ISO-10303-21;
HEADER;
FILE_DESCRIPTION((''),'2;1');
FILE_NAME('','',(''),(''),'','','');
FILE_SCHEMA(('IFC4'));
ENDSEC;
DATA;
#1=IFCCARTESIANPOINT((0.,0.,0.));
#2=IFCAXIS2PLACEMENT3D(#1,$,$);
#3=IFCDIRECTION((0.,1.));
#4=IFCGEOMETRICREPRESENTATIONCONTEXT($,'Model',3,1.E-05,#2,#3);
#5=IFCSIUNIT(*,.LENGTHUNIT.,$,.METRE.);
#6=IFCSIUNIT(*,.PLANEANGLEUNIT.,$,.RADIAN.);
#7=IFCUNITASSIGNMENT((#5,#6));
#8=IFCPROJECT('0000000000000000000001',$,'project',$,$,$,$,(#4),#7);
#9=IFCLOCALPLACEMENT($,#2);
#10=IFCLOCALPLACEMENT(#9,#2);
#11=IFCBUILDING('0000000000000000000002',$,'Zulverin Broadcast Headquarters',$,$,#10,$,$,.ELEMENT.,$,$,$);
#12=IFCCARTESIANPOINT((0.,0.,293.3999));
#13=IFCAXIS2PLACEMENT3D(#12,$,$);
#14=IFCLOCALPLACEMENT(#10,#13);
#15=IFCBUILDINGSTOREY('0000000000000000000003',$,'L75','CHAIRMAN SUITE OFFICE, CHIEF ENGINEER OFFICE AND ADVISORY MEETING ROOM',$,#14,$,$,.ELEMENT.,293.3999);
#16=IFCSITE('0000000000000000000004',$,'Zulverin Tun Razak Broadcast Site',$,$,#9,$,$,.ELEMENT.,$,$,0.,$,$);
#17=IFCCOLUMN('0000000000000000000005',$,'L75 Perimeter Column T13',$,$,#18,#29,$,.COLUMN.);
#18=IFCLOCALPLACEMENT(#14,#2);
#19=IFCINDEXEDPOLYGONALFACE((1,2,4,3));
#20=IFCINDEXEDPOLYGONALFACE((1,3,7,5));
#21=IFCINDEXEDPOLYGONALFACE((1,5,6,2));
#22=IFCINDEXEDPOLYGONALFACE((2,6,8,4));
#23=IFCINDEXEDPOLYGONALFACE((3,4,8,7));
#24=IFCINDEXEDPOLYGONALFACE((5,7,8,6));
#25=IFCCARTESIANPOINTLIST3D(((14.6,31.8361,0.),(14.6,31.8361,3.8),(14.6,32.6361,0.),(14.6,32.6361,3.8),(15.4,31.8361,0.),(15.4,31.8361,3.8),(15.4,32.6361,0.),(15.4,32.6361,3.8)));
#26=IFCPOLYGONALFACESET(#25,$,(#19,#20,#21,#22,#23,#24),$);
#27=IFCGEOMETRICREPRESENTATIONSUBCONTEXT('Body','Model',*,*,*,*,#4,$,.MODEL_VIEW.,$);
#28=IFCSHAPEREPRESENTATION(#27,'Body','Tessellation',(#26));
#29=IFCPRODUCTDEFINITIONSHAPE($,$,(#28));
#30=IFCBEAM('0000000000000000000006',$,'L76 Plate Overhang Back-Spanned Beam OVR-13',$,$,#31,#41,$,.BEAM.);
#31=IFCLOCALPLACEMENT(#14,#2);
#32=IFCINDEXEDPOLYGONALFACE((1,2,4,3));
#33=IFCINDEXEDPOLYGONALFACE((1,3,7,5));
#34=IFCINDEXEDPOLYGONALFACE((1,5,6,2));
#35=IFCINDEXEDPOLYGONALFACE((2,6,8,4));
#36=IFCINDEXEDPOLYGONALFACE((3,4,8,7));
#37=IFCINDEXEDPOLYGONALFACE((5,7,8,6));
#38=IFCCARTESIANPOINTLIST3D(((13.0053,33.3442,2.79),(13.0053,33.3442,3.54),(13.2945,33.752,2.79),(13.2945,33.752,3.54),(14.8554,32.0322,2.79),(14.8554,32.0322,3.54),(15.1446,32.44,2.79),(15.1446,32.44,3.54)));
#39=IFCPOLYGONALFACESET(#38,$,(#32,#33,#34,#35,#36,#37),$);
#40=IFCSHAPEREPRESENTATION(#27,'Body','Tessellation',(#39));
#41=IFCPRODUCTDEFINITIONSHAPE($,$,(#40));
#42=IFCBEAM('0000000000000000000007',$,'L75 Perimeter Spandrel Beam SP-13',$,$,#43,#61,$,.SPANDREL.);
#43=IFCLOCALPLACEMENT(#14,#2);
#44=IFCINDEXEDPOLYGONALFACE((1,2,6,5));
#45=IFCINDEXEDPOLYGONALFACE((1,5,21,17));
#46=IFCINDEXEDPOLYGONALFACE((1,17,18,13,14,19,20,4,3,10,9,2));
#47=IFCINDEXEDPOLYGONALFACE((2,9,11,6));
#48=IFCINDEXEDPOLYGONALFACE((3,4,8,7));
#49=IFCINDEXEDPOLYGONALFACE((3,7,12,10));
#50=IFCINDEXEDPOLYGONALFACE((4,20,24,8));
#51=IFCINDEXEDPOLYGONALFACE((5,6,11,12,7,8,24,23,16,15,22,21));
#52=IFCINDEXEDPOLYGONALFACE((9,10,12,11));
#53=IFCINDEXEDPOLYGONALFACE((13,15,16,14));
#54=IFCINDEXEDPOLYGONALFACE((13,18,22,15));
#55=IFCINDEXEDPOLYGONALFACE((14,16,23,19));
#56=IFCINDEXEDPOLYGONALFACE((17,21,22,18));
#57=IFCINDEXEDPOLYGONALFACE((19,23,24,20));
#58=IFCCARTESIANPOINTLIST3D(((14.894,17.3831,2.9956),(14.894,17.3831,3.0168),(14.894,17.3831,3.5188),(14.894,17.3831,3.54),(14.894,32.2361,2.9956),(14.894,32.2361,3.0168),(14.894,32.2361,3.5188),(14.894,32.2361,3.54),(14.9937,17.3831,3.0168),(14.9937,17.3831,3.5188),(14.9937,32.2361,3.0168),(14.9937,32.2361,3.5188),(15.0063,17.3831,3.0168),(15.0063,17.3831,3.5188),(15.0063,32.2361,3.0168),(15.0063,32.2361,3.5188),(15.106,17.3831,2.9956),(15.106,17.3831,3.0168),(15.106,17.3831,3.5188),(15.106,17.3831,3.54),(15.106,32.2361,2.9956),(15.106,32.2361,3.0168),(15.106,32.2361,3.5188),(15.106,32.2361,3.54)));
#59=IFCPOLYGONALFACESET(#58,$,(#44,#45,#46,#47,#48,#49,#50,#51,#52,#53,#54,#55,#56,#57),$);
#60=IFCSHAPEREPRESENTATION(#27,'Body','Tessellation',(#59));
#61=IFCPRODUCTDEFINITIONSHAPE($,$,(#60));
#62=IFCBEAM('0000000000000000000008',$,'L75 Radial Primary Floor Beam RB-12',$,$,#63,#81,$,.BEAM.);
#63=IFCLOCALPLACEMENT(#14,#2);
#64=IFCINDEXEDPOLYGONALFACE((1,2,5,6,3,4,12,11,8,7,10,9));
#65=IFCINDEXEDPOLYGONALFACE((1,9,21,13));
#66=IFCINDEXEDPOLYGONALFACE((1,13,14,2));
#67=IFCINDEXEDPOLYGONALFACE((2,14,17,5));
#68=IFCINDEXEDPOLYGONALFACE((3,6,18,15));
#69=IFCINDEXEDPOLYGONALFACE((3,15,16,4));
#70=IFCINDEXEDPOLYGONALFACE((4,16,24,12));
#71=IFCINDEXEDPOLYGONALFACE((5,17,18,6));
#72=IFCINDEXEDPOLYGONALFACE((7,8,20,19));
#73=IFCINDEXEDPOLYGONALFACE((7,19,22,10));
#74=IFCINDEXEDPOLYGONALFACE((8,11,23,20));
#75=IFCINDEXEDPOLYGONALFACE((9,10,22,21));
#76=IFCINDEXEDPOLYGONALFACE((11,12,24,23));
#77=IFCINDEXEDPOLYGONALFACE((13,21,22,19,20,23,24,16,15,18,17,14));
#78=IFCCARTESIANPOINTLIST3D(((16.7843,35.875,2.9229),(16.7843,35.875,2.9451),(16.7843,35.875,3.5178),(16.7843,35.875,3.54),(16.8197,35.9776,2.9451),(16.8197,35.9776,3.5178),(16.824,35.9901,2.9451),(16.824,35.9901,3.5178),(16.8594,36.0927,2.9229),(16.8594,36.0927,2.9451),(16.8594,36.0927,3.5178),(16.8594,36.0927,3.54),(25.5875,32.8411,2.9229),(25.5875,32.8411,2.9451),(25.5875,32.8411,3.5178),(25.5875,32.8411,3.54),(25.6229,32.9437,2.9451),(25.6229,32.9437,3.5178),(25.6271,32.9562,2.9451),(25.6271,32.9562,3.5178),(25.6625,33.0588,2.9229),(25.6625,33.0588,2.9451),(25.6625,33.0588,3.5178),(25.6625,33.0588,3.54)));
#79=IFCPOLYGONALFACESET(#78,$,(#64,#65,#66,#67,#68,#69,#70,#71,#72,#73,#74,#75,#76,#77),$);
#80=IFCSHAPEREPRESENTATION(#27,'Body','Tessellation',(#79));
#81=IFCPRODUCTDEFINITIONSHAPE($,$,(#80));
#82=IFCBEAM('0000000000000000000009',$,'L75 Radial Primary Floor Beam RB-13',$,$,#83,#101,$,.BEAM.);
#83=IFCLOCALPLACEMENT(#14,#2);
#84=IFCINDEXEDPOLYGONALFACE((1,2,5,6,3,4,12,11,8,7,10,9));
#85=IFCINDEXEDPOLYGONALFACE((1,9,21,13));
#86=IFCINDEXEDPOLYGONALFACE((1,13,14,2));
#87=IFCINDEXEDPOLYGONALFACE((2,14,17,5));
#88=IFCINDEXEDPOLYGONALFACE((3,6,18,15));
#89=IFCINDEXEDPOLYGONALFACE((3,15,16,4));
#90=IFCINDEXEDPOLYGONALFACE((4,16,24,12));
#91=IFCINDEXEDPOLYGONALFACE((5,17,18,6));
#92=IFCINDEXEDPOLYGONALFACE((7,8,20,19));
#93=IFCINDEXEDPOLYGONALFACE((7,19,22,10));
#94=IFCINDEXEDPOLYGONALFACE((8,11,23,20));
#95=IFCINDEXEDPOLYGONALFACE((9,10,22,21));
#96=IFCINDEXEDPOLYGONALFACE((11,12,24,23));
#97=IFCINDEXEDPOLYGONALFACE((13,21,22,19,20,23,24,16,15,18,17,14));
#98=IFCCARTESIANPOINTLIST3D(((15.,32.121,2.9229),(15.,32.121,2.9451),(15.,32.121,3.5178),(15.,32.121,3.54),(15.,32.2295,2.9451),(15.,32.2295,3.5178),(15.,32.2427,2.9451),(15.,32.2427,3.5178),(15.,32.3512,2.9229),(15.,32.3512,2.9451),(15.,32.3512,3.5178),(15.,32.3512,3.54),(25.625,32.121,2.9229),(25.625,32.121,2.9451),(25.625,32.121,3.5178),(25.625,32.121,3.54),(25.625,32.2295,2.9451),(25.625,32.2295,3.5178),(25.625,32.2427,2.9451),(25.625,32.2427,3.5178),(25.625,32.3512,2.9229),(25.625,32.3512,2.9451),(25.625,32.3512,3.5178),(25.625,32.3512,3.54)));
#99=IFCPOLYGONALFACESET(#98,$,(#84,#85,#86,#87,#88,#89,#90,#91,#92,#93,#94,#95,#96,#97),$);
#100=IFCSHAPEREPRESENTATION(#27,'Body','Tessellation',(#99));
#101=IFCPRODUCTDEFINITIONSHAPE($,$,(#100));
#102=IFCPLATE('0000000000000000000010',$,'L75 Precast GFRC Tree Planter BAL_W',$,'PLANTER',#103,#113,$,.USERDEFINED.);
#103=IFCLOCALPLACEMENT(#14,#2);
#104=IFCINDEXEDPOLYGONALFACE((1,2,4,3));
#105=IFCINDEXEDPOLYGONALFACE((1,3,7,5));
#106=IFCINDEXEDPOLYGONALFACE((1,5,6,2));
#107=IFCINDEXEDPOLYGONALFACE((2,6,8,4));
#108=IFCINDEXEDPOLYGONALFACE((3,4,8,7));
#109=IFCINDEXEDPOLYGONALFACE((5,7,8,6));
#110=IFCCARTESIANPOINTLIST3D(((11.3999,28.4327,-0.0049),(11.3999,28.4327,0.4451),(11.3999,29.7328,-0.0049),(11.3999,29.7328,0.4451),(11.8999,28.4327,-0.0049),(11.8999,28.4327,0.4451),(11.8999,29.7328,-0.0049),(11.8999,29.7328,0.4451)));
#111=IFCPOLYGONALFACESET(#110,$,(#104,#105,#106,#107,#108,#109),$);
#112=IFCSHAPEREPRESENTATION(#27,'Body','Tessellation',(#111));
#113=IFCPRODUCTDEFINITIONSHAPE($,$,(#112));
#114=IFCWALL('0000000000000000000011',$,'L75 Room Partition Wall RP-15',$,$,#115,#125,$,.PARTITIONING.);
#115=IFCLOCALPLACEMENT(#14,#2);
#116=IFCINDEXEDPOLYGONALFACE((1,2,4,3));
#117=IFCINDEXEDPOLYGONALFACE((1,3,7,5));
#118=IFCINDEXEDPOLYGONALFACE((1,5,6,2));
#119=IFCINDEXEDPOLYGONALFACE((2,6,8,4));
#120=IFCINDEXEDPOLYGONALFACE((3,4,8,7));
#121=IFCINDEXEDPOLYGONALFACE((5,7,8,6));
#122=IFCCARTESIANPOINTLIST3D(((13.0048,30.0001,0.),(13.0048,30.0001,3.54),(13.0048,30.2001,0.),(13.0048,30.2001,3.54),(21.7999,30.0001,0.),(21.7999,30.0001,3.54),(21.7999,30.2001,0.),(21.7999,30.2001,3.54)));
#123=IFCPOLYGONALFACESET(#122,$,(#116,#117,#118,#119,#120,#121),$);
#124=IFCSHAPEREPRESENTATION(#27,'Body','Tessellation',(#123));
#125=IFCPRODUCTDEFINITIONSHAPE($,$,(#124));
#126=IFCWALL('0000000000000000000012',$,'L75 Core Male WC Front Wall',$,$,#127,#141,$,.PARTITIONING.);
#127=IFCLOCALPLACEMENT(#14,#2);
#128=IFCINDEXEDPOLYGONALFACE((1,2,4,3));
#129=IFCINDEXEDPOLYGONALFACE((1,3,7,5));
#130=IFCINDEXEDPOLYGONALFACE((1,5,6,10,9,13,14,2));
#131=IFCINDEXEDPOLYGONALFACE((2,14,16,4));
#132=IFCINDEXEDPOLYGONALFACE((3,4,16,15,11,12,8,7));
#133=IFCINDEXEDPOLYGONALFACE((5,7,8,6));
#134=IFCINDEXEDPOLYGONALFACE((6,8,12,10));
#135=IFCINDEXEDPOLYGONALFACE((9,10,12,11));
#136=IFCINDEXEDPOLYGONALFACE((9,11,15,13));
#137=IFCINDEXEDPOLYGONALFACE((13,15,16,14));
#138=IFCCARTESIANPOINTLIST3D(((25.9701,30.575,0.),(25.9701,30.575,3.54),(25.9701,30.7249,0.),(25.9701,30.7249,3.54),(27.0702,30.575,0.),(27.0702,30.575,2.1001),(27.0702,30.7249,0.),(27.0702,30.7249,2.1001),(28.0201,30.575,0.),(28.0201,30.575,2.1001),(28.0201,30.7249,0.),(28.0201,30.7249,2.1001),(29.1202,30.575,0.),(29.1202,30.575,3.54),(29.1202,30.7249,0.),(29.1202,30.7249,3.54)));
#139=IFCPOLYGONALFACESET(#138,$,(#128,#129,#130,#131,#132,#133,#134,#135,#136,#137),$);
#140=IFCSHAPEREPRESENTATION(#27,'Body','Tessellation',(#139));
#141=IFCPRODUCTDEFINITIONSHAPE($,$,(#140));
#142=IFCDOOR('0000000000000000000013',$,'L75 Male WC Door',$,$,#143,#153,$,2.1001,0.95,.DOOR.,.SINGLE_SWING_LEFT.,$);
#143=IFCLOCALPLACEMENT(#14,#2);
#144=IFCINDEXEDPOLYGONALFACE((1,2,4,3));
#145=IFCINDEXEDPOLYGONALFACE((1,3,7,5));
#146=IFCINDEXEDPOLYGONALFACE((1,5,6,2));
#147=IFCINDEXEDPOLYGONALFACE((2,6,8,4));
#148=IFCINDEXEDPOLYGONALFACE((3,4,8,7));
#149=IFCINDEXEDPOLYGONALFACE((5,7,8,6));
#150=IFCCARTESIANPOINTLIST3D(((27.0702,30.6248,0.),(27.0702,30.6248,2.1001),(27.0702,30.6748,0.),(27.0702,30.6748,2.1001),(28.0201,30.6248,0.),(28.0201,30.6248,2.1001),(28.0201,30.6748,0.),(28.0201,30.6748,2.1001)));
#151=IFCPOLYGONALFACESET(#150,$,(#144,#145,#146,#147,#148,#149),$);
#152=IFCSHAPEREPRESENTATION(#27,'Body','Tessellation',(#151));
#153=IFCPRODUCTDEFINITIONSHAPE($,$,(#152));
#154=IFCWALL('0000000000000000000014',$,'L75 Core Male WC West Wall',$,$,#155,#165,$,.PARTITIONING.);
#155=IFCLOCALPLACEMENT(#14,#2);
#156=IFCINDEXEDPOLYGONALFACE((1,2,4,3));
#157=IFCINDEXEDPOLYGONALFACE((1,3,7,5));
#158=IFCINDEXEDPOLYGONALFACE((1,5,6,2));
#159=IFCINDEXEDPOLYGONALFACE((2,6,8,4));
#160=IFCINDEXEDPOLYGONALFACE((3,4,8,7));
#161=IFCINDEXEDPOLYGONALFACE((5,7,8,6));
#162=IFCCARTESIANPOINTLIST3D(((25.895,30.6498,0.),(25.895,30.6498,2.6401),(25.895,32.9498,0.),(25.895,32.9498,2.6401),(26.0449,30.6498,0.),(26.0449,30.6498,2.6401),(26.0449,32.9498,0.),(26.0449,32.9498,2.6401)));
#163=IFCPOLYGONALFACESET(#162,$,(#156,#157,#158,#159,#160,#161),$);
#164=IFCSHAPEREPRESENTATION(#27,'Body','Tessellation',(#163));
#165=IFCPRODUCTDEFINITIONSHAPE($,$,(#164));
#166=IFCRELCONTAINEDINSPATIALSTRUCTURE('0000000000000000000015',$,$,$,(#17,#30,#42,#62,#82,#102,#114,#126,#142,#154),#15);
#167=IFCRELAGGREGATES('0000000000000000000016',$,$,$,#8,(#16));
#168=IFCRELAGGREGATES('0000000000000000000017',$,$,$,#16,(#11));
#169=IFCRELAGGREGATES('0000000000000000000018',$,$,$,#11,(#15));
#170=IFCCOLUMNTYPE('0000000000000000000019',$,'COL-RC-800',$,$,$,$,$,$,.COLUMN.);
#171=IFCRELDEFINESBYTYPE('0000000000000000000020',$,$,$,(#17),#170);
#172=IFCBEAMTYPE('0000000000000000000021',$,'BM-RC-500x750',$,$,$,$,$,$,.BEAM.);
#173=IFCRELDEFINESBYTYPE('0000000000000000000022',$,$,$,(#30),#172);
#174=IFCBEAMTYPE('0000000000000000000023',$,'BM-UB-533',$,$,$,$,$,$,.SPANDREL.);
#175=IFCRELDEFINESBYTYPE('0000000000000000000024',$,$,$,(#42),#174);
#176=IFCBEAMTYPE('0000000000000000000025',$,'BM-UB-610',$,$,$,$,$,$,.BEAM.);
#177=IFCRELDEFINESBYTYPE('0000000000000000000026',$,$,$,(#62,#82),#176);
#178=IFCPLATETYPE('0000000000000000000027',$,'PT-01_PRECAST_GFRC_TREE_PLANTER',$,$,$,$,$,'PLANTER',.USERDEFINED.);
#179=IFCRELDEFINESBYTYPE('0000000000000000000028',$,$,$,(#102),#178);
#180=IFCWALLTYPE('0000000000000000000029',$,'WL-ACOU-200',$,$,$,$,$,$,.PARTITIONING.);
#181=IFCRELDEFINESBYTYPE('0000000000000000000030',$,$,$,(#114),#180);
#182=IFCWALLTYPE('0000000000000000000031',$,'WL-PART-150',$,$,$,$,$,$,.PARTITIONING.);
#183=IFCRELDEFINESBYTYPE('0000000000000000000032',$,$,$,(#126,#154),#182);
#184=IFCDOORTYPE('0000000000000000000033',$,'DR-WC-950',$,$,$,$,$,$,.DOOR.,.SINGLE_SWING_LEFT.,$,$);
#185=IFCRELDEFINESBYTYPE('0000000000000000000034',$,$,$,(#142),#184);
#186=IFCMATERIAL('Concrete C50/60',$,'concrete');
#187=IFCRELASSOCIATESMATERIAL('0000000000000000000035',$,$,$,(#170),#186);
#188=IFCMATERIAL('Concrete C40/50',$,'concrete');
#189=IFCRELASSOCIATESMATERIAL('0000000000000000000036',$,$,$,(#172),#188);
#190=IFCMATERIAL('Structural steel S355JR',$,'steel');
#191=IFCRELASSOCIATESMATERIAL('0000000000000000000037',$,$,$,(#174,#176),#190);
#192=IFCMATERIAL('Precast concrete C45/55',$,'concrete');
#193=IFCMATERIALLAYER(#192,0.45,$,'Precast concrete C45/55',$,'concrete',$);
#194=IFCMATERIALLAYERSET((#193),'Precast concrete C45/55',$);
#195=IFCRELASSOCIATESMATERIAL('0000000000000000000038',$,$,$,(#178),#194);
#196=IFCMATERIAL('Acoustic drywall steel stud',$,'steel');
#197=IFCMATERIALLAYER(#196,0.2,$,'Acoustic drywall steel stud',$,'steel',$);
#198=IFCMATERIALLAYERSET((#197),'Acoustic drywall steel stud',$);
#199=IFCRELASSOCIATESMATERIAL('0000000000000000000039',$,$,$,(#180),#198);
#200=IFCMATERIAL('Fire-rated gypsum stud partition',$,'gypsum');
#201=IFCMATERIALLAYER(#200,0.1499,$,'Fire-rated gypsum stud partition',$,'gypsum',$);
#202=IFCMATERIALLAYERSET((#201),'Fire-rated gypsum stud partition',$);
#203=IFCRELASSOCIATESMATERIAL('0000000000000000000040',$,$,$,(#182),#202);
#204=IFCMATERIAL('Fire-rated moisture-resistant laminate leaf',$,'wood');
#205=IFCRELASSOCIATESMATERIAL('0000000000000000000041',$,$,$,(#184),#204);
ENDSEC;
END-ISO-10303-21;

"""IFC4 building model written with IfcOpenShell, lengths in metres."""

from ifc_helpers import new_model, si_unit, direction, frame, frame_2d, origin, origin_2d, place, context, subcontext, project, spatial, rectangle, i_section, extrude, material, layer, layer_set, material_profile, profile_set, type_object, element, fill, save


model = new_model("IFC4")

# Units and contexts
model_context = context("Model", 3, precision=1e-05, world=origin(), true_north=direction((0.0, 1.0)))
body_context = subcontext(model_context, "Body", "Model", "MODEL_VIEW")
ifc_project = project(units=[si_unit("LENGTHUNIT", "METRE"), si_unit("PLANEANGLEUNIT", "RADIAN")], contexts=[model_context])

# Site, building, storey
site_placement = place(None, origin())
site = spatial("IfcSite", under=ifc_project, at=site_placement, Name="Zulverin Tun Razak Broadcast Site", CompositionType="ELEMENT", RefElevation=0.0)
building_placement = place(site_placement, origin())
building = spatial("IfcBuilding", under=site, at=building_placement, Name="Zulverin Broadcast Headquarters", CompositionType="ELEMENT")
storey_placement = place(building_placement, frame((0.0, 0.0, 293.3999)))
storey = spatial("IfcBuildingStorey", under=building, at=storey_placement, Name="L75", Description="CHAIRMAN SUITE OFFICE, CHIEF ENGINEER OFFICE AND ADVISORY MEETING ROOM", CompositionType="ELEMENT", Elevation=293.3999)

# Column
ifc_material_1 = material(Name="Concrete C50/60", Category="concrete")
ifc_material_profile_1 = material_profile(ifc_material_1, rectangle(XDim=0.8, YDim=0.8, at=origin_2d()), Name="Concrete C50/60", Category="concrete")
ifc_profile_set_1 = profile_set([ifc_material_profile_1], Name="Concrete C50/60")
column_type = type_object("IfcColumnType", Name="COL-RC-800", PredefinedType="COLUMN", material=ifc_profile_set_1)
column_placement = place(storey_placement, frame((15.0, 32.2361, 0.0), z_axis=(0.0, 0.0, 1.0), x_axis=(1.0, 0.0, 0.0)))
element("IfcColumn", 1, at=column_placement, inside=storey, type_object=column_type, Name="L75 Perimeter Column T13", PredefinedType="COLUMN", context=body_context, shape_type="SweptSolid", body=[
    extrude(rectangle(XDim=0.8, YDim=0.8, at=origin_2d()), origin(), (0.0, 0.0, 1.0), 3.8),
])

# Beams
ifc_material_2 = material(Name="Concrete C40/50", Category="concrete")
ifc_material_profile_2 = material_profile(ifc_material_2, rectangle(XDim=0.5, YDim=0.75, at=origin_2d()), Name="Concrete C40/50", Category="concrete")
ifc_profile_set_2 = profile_set([ifc_material_profile_2], Name="Concrete C40/50")
beam_type_1 = type_object("IfcBeamType", Name="BM-RC-500x750", PredefinedType="BEAM", material=ifc_profile_set_2)
beam_1_placement = place(storey_placement, frame((15.0, 32.2361, 3.165), z_axis=(-0.815707, 0.578465, 0.0), x_axis=(-0.578465, -0.815707, 0.0)))
element("IfcBeam", 2, at=beam_1_placement, inside=storey, type_object=beam_type_1, Name="L76 Plate Overhang Back-Spanned Beam OVR-13", PredefinedType="BEAM", context=body_context, shape_type="SweptSolid", body=[
    extrude(rectangle(XDim=0.5, YDim=0.75, at=origin_2d()), origin(), (0.0, 0.0, 1.0), 2.2681),
])
ifc_material_3 = material(Name="Structural steel S355JR", Category="steel")
ifc_material_profile_3 = material_profile(ifc_material_3, i_section(OverallWidth=0.2119, OverallDepth=0.5444, WebThickness=0.0127, FlangeThickness=0.0212, at=origin_2d()), Name="Structural steel S355JR", Category="steel")
ifc_profile_set_3 = profile_set([ifc_material_profile_3], Name="Structural steel S355JR")
beam_type_2 = type_object("IfcBeamType", Name="BM-UB-533", PredefinedType="SPANDREL", material=ifc_profile_set_3)
beam_2_placement = place(storey_placement, frame((15.0, 32.2361, 3.2678), z_axis=(0.0, -1.0, 0.0), x_axis=(1.0, 0.0, 0.0)))
element("IfcBeam", 3, at=beam_2_placement, inside=storey, type_object=beam_type_2, Name="L75 Perimeter Spandrel Beam SP-13", PredefinedType="SPANDREL", context=body_context, shape_type="SweptSolid", body=[
    extrude(i_section(OverallWidth=0.2119, OverallDepth=0.5444, WebThickness=0.0127, FlangeThickness=0.0212, at=origin_2d()), origin(), (0.0, 0.0, 1.0), 14.853),
])
ifc_material_profile_4 = material_profile(ifc_material_3, i_section(OverallWidth=0.2302, OverallDepth=0.6172, WebThickness=0.0132, FlangeThickness=0.0222, at=origin_2d()), Name="Structural steel S355JR", Category="steel")
ifc_profile_set_4 = profile_set([ifc_material_profile_4], Name="Structural steel S355JR")
beam_type_3 = type_object("IfcBeamType", Name="BM-UB-610", PredefinedType="BEAM", material=ifc_profile_set_4)
beam_3_placement = place(storey_placement, frame((25.625, 32.95, 3.2314), z_axis=(-0.945428, 0.325831, 0.0), x_axis=(-0.325831, -0.945428, 0.0)))
element("IfcBeam", 4, at=beam_3_placement, inside=storey, type_object=beam_type_3, Name="L75 Radial Primary Floor Beam RB-12", PredefinedType="BEAM", context=body_context, shape_type="SweptSolid", body=[
    extrude(i_section(OverallWidth=0.2302, OverallDepth=0.6172, WebThickness=0.0132, FlangeThickness=0.0222, at=origin_2d()), origin(), (0.0, 0.0, 1.0), 9.3113),
])
beam_4_placement = place(storey_placement, frame((25.625, 32.2361, 3.2314), z_axis=(-1.0, 0.0, 0.0), x_axis=(0.0, -1.0, 0.0)))
element("IfcBeam", 5, at=beam_4_placement, inside=storey, type_object=beam_type_3, Name="L75 Radial Primary Floor Beam RB-13", PredefinedType="BEAM", context=body_context, shape_type="SweptSolid", body=[
    extrude(i_section(OverallWidth=0.2302, OverallDepth=0.6172, WebThickness=0.0132, FlangeThickness=0.0222, at=origin_2d()), origin(), (0.0, 0.0, 1.0), 10.625),
])

# Plate
ifc_material_4 = material(Name="Precast concrete C45/55", Category="concrete")
ifc_layer_1 = layer(ifc_material_4, 0.45, Name="Precast concrete C45/55", Category="concrete")
ifc_layer_set_1 = layer_set([ifc_layer_1], Name="Precast concrete C45/55")
plate_type = type_object("IfcPlateType", Name="PT-01_PRECAST_GFRC_TREE_PLANTER", ElementType="PLANTER", PredefinedType="USERDEFINED", material=ifc_layer_set_1)
plate_placement = place(storey_placement, frame((11.6499, 29.0828, -0.0049), z_axis=(0.0, 0.0, 1.0), x_axis=(0.0, 1.0, 0.0)))
element("IfcPlate", 6, at=plate_placement, inside=storey, type_object=plate_type, Name="L75 Precast GFRC Tree Planter BAL_W", ObjectType="PLANTER", PredefinedType="USERDEFINED", context=body_context, shape_type="SweptSolid", body=[
    extrude(rectangle(XDim=1.3, YDim=0.5, at=origin_2d()), origin(), (0.0, 0.0, 1.0), 0.45),
])

# Wall
ifc_material_5 = material(Name="Acoustic drywall steel stud", Category="steel")
ifc_layer_2 = layer(ifc_material_5, 0.2, Name="Acoustic drywall steel stud", Category="steel")
ifc_layer_set_2 = layer_set([ifc_layer_2], Name="Acoustic drywall steel stud")
wall_type_1 = type_object("IfcWallType", Name="WL-ACOU-200", PredefinedType="PARTITIONING", material=ifc_layer_set_2)
wall_1_placement = place(storey_placement, frame((13.0049, 30.1001, 0.0), z_axis=(0.0, 0.0, 1.0), x_axis=(1.0, 0.0, 0.0)))
element("IfcWall", 7, at=wall_1_placement, inside=storey, type_object=wall_type_1, Name="L75 Room Partition Wall RP-15", PredefinedType="PARTITIONING", context=body_context, shape_type="SweptSolid", body=[
    extrude(rectangle(XDim=8.7952, YDim=0.2, at=frame_2d((4.3975, 0.0))), origin(), (0.0, 0.0, 1.0), 3.54),
])

# Wall, opening, door
ifc_material_6 = material(Name="Fire-rated gypsum stud partition", Category="gypsum")
ifc_layer_3 = layer(ifc_material_6, 0.1499, Name="Fire-rated gypsum stud partition", Category="gypsum")
ifc_layer_set_3 = layer_set([ifc_layer_3], Name="Fire-rated gypsum stud partition")
wall_type_2 = type_object("IfcWallType", Name="WL-PART-150", PredefinedType="PARTITIONING", material=ifc_layer_set_3)
wall_2_placement = place(storey_placement, frame((25.97, 30.6499, 0.0), z_axis=(0.0, 0.0, 1.0), x_axis=(1.0, 0.0, 0.0)))
wall_2 = element("IfcWall", 8, at=wall_2_placement, inside=storey, type_object=wall_type_2, Name="L75 Core Male WC Front Wall", PredefinedType="PARTITIONING", context=body_context, shape_type="SweptSolid", body=[
    extrude(rectangle(XDim=3.1501, YDim=0.1499, at=frame_2d((1.5752, 0.0))), origin(), (0.0, 0.0, 1.0), 3.54),
])
opening_1_placement = place(wall_2_placement, frame((1.1001, 0.0, 0.0)))
opening_1 = element("IfcOpeningElement", 9, at=opening_1_placement, cuts=wall_2, PredefinedType="OPENING", context=body_context, shape_type="SweptSolid", body=[
    extrude(rectangle(XDim=0.95, YDim=2.1001, at=frame_2d((0.4751, 1.05))), frame((0.0, 0.085, 0.0), z_axis=(0.0, -1.0, 0.0), x_axis=(1.0, 0.0, 0.0)), (0.0, 0.0, 1.0), 0.1699),
])
ifc_material_7 = material(Name="Fire-rated moisture-resistant laminate leaf", Category="wood")
door_type_1 = type_object("IfcDoorType", Name="DR-WC-950", OperationType="SINGLE_SWING_LEFT", PredefinedType="DOOR", material=ifc_material_7)
door_1_placement = place(opening_1_placement, origin())
door_1 = element("IfcDoor", 10, at=door_1_placement, inside=storey, type_object=door_type_1, Name="L75 Male WC Door", OperationType="SINGLE_SWING_LEFT", OverallHeight=2.1001, OverallWidth=0.95, PredefinedType="DOOR", context=body_context, shape_type="SweptSolid", body=[
    extrude(rectangle(XDim=0.95, YDim=2.1001, at=frame_2d((0.4751, 1.05))), frame((0.0, 0.0249, 0.0), z_axis=(0.0, -1.0, 0.0), x_axis=(1.0, 0.0, 0.0)), (0.0, 0.0, 1.0), 0.05),
])
fill(opening_1, door_1)

# Wall
wall_3_placement = place(storey_placement, frame((25.97, 30.6499, 0.0), z_axis=(0.0, 0.0, 1.0), x_axis=(0.0, 1.0, 0.0)))
element("IfcWall", 11, at=wall_3_placement, inside=storey, type_object=wall_type_2, Name="L75 Core Male WC West Wall", PredefinedType="PARTITIONING", context=body_context, shape_type="SweptSolid", body=[
    extrude(rectangle(XDim=2.3, YDim=0.1499, at=frame_2d((1.1499, 0.0))), origin(), (0.0, 0.0, 1.0), 2.6401),
])

save(model, "model.ifc")
